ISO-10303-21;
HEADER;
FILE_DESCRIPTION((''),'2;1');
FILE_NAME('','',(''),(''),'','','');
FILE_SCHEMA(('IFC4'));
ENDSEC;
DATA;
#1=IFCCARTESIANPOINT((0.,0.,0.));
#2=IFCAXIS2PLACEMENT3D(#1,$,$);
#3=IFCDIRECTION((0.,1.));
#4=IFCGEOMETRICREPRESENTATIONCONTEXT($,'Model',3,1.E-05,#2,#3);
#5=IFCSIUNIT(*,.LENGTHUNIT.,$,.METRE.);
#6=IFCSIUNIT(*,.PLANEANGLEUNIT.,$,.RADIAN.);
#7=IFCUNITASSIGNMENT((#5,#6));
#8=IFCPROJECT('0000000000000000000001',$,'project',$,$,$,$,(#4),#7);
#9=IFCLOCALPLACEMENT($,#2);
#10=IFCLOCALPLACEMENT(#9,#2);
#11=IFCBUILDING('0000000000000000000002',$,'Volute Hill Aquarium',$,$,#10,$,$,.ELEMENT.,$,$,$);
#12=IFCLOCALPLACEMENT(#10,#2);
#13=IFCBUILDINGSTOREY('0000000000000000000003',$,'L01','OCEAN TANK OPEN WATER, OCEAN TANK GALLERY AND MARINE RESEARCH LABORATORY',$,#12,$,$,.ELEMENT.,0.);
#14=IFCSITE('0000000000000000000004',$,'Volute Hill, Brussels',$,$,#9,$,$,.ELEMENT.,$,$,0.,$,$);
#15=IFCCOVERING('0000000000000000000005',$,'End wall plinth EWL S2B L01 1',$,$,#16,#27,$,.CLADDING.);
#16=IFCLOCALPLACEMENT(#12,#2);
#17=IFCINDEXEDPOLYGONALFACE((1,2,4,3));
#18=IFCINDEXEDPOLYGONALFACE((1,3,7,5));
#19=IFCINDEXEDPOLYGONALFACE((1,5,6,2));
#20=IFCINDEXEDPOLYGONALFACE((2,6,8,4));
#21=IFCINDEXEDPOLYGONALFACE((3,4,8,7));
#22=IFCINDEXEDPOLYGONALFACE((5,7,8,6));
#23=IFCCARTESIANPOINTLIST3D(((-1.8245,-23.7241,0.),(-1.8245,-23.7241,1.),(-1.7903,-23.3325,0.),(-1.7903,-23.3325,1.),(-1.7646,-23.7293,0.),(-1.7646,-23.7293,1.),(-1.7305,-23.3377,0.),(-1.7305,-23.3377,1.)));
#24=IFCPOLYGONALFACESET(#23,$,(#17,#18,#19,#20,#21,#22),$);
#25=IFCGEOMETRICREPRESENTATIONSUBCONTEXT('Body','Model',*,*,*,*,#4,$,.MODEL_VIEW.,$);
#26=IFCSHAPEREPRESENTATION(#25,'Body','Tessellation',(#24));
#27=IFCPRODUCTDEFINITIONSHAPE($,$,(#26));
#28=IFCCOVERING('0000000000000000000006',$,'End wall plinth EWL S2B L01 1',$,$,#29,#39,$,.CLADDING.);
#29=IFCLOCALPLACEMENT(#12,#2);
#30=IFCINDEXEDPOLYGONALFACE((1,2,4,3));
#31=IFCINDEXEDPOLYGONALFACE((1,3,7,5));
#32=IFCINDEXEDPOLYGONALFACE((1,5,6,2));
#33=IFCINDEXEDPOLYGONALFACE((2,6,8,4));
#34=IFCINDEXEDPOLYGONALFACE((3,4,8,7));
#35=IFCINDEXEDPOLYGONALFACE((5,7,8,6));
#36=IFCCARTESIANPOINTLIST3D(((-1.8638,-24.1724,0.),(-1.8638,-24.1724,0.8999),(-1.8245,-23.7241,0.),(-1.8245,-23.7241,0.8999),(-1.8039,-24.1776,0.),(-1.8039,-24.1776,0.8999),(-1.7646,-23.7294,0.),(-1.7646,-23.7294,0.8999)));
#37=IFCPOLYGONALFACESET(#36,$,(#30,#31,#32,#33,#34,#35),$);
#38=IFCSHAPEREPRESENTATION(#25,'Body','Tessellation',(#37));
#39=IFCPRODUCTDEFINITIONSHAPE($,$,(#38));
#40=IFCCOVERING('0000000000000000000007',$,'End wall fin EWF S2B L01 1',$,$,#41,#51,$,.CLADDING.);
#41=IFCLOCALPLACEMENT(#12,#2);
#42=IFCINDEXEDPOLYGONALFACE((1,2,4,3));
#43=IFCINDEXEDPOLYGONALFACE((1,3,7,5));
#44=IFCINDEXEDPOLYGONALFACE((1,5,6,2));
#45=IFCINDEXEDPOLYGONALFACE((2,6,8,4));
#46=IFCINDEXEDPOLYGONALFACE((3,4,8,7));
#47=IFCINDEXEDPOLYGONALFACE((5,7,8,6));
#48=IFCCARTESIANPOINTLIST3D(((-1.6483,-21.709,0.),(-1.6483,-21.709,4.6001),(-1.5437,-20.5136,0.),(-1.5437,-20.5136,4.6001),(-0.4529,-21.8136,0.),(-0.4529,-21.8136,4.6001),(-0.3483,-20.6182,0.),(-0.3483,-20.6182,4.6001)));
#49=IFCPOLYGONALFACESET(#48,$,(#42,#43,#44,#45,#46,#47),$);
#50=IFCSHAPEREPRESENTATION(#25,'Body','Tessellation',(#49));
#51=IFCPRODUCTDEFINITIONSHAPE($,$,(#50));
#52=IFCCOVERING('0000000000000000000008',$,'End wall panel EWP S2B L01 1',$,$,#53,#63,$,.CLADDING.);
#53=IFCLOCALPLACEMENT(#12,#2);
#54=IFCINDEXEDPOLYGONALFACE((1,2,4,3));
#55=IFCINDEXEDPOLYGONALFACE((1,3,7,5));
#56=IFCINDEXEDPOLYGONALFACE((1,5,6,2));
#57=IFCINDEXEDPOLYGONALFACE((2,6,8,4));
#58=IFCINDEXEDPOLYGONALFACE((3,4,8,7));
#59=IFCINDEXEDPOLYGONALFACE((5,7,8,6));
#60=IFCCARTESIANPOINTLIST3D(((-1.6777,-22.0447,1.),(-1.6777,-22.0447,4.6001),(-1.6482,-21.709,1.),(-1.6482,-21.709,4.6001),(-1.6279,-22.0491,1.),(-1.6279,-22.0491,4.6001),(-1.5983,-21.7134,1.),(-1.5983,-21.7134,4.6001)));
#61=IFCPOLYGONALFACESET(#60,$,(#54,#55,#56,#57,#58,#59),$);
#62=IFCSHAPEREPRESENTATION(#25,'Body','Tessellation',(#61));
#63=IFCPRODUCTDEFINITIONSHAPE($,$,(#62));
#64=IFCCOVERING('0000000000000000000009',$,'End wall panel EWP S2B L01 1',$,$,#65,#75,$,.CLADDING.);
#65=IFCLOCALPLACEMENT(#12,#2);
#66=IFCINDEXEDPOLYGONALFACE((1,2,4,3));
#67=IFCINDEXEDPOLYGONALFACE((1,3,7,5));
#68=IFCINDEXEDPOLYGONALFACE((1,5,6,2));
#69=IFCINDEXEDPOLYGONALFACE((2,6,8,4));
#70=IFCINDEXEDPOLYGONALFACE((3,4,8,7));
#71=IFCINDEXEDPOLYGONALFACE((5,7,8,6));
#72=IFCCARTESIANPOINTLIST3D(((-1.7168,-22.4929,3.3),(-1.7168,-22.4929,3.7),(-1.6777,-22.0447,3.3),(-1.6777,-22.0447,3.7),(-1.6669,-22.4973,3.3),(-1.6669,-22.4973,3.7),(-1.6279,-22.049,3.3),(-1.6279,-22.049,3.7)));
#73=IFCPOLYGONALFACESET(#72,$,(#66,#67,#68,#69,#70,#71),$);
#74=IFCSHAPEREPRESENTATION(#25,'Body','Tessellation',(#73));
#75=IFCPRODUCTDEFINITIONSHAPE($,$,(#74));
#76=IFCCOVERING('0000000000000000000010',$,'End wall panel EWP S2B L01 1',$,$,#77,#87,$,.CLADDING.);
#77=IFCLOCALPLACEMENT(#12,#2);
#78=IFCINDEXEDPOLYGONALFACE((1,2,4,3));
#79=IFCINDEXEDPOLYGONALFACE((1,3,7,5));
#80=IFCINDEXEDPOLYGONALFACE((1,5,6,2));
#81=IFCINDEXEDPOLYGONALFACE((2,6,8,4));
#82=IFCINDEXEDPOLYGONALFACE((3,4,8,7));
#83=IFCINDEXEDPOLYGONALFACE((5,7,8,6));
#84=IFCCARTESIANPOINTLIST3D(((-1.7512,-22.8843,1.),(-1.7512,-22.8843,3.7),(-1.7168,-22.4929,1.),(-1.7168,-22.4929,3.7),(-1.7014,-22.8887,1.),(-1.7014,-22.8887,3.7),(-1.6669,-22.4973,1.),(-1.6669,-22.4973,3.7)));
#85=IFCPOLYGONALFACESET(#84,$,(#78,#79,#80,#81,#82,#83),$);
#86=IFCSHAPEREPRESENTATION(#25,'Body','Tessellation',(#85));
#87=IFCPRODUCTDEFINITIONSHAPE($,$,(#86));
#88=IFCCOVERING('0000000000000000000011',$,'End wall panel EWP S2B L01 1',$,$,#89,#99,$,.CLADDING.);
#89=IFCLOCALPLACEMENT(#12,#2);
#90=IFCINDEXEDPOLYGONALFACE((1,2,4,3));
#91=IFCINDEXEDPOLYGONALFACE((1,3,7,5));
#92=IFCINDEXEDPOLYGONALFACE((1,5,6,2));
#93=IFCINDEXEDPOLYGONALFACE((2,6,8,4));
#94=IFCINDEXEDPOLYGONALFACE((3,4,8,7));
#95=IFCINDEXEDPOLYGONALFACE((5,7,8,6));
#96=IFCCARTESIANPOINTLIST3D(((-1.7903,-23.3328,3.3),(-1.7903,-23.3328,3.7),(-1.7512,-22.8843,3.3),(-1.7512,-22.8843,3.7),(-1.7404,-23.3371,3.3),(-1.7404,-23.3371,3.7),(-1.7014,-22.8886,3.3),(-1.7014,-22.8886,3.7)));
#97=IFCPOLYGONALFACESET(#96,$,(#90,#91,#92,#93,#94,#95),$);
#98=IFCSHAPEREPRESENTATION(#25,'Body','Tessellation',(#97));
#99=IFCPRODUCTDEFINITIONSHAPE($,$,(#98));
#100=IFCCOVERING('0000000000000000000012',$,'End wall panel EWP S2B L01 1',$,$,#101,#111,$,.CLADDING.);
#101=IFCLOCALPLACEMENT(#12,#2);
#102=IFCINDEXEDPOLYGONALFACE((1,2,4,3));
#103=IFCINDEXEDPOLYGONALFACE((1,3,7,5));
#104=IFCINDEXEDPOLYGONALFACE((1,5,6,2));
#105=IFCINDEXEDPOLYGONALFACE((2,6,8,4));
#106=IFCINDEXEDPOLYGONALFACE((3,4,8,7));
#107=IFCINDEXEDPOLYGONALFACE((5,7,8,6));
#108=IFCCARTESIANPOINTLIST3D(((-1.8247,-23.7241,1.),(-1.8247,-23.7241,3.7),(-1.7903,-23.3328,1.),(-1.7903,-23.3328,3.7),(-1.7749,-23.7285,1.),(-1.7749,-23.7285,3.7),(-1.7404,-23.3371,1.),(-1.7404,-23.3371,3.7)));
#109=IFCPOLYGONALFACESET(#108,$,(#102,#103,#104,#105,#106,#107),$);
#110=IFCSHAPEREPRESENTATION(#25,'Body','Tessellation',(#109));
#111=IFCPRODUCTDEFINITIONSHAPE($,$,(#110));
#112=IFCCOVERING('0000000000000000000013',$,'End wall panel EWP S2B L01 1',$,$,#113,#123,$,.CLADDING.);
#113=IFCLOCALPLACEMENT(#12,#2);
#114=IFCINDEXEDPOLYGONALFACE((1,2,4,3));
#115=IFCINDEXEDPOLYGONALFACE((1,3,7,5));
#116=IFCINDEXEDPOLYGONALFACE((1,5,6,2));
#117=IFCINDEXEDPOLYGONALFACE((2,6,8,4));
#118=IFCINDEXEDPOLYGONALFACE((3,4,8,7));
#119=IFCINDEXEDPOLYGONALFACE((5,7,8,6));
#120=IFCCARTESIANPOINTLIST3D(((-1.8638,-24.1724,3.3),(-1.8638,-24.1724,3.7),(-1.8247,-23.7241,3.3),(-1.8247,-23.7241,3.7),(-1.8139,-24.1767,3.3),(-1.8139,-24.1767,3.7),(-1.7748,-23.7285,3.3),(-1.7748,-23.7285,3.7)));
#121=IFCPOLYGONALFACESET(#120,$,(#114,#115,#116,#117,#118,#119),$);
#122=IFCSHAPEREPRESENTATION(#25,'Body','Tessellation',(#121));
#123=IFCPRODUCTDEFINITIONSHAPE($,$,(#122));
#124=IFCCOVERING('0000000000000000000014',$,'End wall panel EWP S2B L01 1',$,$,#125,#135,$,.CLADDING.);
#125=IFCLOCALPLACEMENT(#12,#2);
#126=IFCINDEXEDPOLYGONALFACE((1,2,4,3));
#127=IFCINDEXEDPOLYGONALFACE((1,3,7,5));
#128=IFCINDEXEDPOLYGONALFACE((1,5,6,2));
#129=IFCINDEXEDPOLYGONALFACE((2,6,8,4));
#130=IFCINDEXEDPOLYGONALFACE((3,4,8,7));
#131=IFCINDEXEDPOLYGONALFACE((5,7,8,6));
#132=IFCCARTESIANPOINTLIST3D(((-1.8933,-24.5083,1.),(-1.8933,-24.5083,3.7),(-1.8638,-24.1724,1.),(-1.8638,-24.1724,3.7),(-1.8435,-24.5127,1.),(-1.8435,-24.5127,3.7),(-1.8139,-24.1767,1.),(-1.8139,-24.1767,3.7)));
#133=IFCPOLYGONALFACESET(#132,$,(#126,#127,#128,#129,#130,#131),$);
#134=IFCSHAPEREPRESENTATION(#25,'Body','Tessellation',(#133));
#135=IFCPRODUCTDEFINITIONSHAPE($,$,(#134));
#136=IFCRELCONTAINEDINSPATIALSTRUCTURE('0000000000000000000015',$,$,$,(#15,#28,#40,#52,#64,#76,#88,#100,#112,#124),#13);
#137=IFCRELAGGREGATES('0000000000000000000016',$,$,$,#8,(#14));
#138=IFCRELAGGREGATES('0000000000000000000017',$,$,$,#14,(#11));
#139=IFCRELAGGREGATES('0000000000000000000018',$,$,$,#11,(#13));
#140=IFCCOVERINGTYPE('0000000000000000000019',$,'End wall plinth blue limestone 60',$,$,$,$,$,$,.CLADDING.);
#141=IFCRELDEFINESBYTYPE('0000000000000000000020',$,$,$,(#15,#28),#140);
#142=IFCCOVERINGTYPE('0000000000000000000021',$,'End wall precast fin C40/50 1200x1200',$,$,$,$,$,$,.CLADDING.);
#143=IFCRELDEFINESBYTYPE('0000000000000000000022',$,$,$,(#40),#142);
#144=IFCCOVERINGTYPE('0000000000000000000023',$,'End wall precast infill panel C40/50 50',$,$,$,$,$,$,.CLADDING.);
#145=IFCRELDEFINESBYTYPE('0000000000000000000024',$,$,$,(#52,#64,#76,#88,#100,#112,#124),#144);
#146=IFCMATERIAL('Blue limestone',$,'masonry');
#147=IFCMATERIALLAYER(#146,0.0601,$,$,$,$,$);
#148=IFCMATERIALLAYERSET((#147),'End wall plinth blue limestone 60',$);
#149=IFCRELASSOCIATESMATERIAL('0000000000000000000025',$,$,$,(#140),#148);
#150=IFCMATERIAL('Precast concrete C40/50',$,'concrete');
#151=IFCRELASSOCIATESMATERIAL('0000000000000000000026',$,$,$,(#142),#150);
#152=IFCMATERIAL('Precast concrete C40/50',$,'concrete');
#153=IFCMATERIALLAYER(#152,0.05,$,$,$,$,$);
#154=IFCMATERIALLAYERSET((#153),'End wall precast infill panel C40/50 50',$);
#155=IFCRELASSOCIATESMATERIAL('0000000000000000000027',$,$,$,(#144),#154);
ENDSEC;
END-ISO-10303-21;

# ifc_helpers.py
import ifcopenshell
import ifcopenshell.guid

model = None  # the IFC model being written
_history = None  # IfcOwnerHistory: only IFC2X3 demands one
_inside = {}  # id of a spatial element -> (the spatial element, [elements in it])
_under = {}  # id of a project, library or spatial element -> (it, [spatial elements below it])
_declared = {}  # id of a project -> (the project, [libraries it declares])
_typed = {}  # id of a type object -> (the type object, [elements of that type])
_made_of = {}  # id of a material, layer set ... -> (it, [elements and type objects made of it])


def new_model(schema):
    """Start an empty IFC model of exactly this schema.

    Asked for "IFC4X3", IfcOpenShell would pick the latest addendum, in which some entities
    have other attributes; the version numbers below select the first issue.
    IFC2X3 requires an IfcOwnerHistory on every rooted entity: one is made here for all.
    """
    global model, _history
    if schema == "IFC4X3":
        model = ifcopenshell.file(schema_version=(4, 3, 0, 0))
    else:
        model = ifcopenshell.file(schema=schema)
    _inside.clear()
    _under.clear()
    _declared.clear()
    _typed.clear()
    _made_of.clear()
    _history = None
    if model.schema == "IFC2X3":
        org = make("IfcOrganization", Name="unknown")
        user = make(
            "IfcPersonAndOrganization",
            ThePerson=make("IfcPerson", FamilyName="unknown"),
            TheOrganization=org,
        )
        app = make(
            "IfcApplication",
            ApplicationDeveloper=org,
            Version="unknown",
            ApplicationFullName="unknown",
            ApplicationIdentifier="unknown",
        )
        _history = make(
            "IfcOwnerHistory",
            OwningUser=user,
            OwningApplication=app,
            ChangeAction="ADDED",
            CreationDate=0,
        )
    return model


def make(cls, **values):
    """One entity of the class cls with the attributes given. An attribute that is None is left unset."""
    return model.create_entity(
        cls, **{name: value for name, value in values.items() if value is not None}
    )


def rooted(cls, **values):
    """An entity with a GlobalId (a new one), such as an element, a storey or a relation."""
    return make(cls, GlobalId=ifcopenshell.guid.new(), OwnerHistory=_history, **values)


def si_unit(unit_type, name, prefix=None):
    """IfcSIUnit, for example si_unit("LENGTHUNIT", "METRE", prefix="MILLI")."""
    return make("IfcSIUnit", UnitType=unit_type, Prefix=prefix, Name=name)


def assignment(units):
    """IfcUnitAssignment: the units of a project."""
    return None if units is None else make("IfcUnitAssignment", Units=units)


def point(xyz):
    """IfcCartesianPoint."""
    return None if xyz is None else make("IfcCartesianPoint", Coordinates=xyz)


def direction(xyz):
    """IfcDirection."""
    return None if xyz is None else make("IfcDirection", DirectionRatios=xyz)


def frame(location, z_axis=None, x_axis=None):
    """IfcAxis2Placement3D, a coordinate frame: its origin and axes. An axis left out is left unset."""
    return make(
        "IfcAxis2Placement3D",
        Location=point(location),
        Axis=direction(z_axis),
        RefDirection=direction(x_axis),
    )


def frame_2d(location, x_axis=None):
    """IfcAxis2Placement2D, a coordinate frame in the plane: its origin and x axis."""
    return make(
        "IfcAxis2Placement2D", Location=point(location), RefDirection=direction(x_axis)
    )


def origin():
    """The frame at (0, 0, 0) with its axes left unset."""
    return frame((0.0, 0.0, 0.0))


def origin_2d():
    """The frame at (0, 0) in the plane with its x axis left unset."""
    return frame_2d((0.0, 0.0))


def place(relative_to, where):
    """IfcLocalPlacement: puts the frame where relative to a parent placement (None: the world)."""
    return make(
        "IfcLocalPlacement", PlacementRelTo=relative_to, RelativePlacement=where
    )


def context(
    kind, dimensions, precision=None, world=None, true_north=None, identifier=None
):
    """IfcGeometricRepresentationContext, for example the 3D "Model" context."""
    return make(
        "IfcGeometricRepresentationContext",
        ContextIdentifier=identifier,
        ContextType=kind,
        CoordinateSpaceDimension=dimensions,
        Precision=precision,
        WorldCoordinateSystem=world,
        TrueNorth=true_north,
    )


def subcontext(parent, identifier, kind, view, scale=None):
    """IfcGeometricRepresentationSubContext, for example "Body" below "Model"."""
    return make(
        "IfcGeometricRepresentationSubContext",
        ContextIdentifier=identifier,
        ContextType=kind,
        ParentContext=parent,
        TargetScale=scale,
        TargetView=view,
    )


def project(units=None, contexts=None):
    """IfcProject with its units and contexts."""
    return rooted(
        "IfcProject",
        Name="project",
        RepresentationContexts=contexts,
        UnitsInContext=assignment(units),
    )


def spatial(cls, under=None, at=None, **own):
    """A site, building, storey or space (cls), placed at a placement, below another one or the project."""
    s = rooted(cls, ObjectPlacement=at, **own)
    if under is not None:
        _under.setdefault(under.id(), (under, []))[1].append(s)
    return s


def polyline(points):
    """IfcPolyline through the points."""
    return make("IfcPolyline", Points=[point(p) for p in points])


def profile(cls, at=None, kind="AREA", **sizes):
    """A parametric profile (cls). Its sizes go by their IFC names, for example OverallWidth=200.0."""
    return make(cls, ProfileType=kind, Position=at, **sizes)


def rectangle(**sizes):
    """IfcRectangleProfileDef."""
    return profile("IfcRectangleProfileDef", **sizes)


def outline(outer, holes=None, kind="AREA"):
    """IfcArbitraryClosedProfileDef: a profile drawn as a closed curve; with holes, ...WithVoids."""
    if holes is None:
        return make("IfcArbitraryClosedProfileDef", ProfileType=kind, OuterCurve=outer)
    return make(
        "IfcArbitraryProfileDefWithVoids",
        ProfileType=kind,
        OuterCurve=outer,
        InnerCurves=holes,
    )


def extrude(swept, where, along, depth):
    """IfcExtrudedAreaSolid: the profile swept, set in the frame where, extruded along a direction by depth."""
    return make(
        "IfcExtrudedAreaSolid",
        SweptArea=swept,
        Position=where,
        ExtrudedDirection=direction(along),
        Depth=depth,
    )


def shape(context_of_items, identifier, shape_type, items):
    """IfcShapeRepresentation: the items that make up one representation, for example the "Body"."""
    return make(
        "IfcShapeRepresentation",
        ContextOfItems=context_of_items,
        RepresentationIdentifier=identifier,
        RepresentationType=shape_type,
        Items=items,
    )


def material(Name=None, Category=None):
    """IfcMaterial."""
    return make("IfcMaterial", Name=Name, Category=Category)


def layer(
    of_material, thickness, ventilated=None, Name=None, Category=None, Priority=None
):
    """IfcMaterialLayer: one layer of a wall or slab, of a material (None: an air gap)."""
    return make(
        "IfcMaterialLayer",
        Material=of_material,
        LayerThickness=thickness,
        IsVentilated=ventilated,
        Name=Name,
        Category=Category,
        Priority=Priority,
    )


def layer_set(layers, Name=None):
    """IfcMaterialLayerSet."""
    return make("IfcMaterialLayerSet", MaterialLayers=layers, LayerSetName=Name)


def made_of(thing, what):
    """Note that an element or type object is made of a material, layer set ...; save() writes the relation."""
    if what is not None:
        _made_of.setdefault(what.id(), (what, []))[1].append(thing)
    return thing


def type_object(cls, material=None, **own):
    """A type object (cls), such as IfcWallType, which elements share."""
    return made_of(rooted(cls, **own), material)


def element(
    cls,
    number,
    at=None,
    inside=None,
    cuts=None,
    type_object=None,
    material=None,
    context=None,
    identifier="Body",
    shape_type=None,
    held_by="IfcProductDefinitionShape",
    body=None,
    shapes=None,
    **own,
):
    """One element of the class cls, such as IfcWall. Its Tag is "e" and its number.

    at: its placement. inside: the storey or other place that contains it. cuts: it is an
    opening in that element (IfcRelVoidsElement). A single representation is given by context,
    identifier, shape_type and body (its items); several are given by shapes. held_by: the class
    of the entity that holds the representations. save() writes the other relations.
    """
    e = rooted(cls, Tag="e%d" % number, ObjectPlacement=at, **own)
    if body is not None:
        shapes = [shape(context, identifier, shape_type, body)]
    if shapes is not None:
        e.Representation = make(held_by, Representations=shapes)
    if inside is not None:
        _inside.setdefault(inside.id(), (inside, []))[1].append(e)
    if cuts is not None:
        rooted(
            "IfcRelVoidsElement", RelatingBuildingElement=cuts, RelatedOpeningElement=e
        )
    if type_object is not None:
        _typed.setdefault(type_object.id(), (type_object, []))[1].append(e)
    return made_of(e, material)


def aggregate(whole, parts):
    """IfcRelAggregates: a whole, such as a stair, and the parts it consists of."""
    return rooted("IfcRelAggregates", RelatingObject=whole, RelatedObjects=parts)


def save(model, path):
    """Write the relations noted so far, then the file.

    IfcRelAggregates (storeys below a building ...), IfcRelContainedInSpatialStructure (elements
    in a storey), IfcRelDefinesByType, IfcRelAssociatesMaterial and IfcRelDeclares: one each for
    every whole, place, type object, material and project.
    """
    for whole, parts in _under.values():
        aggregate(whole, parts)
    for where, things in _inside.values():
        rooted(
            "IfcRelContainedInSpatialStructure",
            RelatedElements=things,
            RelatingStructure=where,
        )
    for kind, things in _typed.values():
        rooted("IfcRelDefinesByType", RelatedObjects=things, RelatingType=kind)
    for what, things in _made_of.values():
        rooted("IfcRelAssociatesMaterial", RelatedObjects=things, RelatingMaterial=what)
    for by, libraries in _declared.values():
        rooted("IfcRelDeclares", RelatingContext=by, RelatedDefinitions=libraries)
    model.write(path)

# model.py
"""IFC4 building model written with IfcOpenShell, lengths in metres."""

from ifc_helpers import new_model, si_unit, direction, frame, origin, origin_2d, place, context, subcontext, project, spatial, polyline, rectangle, outline, extrude, material, layer, layer_set, type_object, element, save


model = new_model("IFC4")

# Units and contexts
model_context = context("Model", 3, precision=1e-05, world=origin(), true_north=direction((0.0, 1.0)))
body_context = subcontext(model_context, "Body", "Model", "MODEL_VIEW")
ifc_project = project(units=[si_unit("LENGTHUNIT", "METRE"), si_unit("PLANEANGLEUNIT", "RADIAN")], contexts=[model_context])

# Site, building, storey
site_placement = place(None, origin())
site = spatial("IfcSite", under=ifc_project, at=site_placement, Name="Volute Hill, Brussels", CompositionType="ELEMENT", RefElevation=0.0)
building_placement = place(site_placement, origin())
building = spatial("IfcBuilding", under=site, at=building_placement, Name="Volute Hill Aquarium", CompositionType="ELEMENT")
storey_placement = place(building_placement, origin())
storey = spatial("IfcBuildingStorey", under=building, at=storey_placement, Name="L01", Description="OCEAN TANK OPEN WATER, OCEAN TANK GALLERY AND MARINE RESEARCH LABORATORY", CompositionType="ELEMENT", Elevation=0.0)

# Coverings
ifc_material_1 = material(Name="Blue limestone", Category="masonry")
ifc_layer_1 = layer(ifc_material_1, 0.0601)
ifc_layer_set_1 = layer_set([ifc_layer_1], Name="End wall plinth blue limestone 60")
covering_type_1 = type_object("IfcCoveringType", Name="End wall plinth blue limestone 60", PredefinedType="CLADDING", material=ifc_layer_set_1)
covering_1_placement = place(storey_placement, frame((-1.7903, -23.3325, 0.0), z_axis=(-0.996213, 0.086951, 0.0), x_axis=(-0.086951, -0.996213, 0.0)))
element("IfcCovering", 1, at=covering_1_placement, inside=storey, type_object=covering_type_1, Name="End wall plinth EWL S2B L01 1", PredefinedType="CLADDING", context=body_context, shape_type="SweptSolid", body=[
    extrude(outline(polyline([(0.0, 0.0), (0.3931, 0.0), (0.3931, 1.0), (0.0, 1.0), (0.0, 0.0)])), origin(), (0.0, 0.0, -1.0), 0.0601),
])
covering_2_placement = place(storey_placement, frame((-1.8245, -23.7241, 0.0), z_axis=(-0.996177, 0.087355, 0.0), x_axis=(-0.087355, -0.996177, 0.0)))
element("IfcCovering", 2, at=covering_2_placement, inside=storey, type_object=covering_type_1, Name="End wall plinth EWL S2B L01 1", PredefinedType="CLADDING", context=body_context, shape_type="SweptSolid", body=[
    extrude(outline(polyline([(0.0, 0.0), (0.45, 0.0), (0.45, 0.8999), (0.0, 0.8999), (0.0, 0.0)])), origin(), (0.0, 0.0, -1.0), 0.0601),
])
ifc_material_2 = material(Name="Precast concrete C40/50", Category="concrete")
covering_type_2 = type_object("IfcCoveringType", Name="End wall precast fin C40/50 1200x1200", PredefinedType="CLADDING", material=ifc_material_2)
covering_3_placement = place(storey_placement, frame((-0.9983, -21.1636, 0.0), z_axis=(0.0, 0.0, 1.0), x_axis=(-0.087158, -0.996194, 0.0)))
element("IfcCovering", 3, at=covering_3_placement, inside=storey, type_object=covering_type_2, Name="End wall fin EWF S2B L01 1", PredefinedType="CLADDING", context=body_context, shape_type="SweptSolid", body=[
    extrude(rectangle(XDim=1.2, YDim=1.2, at=origin_2d()), origin(), (0.0, 0.0, 1.0), 4.6001),
])
ifc_material_3 = material(Name="Precast concrete C40/50", Category="concrete")
ifc_layer_2 = layer(ifc_material_3, 0.05)
ifc_layer_set_2 = layer_set([ifc_layer_2], Name="End wall precast infill panel C40/50 50")
covering_type_3 = type_object("IfcCoveringType", Name="End wall precast infill panel C40/50 50", PredefinedType="CLADDING", material=ifc_layer_set_2)
covering_4_placement = place(storey_placement, frame((-1.6482, -21.709, 1.0), z_axis=(-0.99615, 0.087661, 0.0), x_axis=(-0.087661, -0.99615, 0.0)))
element("IfcCovering", 4, at=covering_4_placement, inside=storey, type_object=covering_type_3, Name="End wall panel EWP S2B L01 1", PredefinedType="CLADDING", context=body_context, shape_type="SweptSolid", body=[
    extrude(outline(polyline([(0.0, 0.0), (0.337, 0.0), (0.337, 3.6001), (0.0, 3.6001), (0.0, 0.0)])), origin(), (0.0, 0.0, -1.0), 0.05),
])
covering_5_placement = place(storey_placement, frame((-1.6777, -22.0447, 3.3), z_axis=(-0.996224, 0.086817, 0.0), x_axis=(-0.086817, -0.996224, 0.0)))
element("IfcCovering", 5, at=covering_5_placement, inside=storey, type_object=covering_type_3, Name="End wall panel EWP S2B L01 1", PredefinedType="CLADDING", context=body_context, shape_type="SweptSolid", body=[
    extrude(outline(polyline([(0.0, 0.0), (0.4499, 0.0), (0.4499, 0.3999), (0.0, 0.3999), (0.0, 0.0)])), origin(), (0.0, 0.0, -1.0), 0.05),
])
covering_6_placement = place(storey_placement, frame((-1.7168, -22.4929, 1.0), z_axis=(-0.996154, 0.087622, 0.0), x_axis=(-0.087622, -0.996154, 0.0)))
element("IfcCovering", 6, at=covering_6_placement, inside=storey, type_object=covering_type_3, Name="End wall panel EWP S2B L01 1", PredefinedType="CLADDING", context=body_context, shape_type="SweptSolid", body=[
    extrude(outline(polyline([(0.0, 0.0), (0.3929, 0.0), (0.3929, 2.7), (0.0, 2.7), (0.0, 0.0)])), origin(), (0.0, 0.0, -1.0), 0.05),
])
covering_7_placement = place(storey_placement, frame((-1.7512, -22.8843, 3.3), z_axis=(-0.996228, 0.08677, 0.0), x_axis=(-0.08677, -0.996228, 0.0)))
element("IfcCovering", 7, at=covering_7_placement, inside=storey, type_object=covering_type_3, Name="End wall panel EWP S2B L01 1", PredefinedType="CLADDING", context=body_context, shape_type="SweptSolid", body=[
    extrude(outline(polyline([(0.0, 0.0), (0.4502, 0.0), (0.4502, 0.3999), (0.0, 0.3999), (0.0, 0.0)])), origin(), (0.0, 0.0, -1.0), 0.05),
])
covering_8_placement = place(storey_placement, frame((-1.7903, -23.3328, 1.0), z_axis=(-0.996154, 0.087622, 0.0), x_axis=(-0.087622, -0.996154, 0.0)))
element("IfcCovering", 8, at=covering_8_placement, inside=storey, type_object=covering_type_3, Name="End wall panel EWP S2B L01 1", PredefinedType="CLADDING", context=body_context, shape_type="SweptSolid", body=[
    extrude(outline(polyline([(0.0, 0.0), (0.3929, 0.0), (0.3929, 2.7), (0.0, 2.7), (0.0, 0.0)])), origin(), (0.0, 0.0, -1.0), 0.05),
])
covering_9_placement = place(storey_placement, frame((-1.8247, -23.7241, 3.3), z_axis=(-0.996224, 0.086817, 0.0), x_axis=(-0.086817, -0.996224, 0.0)))
element("IfcCovering", 9, at=covering_9_placement, inside=storey, type_object=covering_type_3, Name="End wall panel EWP S2B L01 1", PredefinedType="CLADDING", context=body_context, shape_type="SweptSolid", body=[
    extrude(outline(polyline([(0.0, 0.0), (0.4499, 0.0), (0.4499, 0.3999), (0.0, 0.3999), (0.0, 0.0)])), origin(), (0.0, 0.0, -1.0), 0.05),
])
covering_10_placement = place(storey_placement, frame((-1.8638, -24.1724, 1.0), z_axis=(-0.996156, 0.087598, 0.0), x_axis=(-0.087598, -0.996156, 0.0)))
element("IfcCovering", 10, at=covering_10_placement, inside=storey, type_object=covering_type_3, Name="End wall panel EWP S2B L01 1", PredefinedType="CLADDING", context=body_context, shape_type="SweptSolid", body=[
    extrude(outline(polyline([(0.0, 0.0), (0.3372, 0.0), (0.3372, 2.7), (0.0, 2.7), (0.0, 0.0)])), origin(), (0.0, 0.0, -1.0), 0.05),
])

save(model, "model.ifc")
